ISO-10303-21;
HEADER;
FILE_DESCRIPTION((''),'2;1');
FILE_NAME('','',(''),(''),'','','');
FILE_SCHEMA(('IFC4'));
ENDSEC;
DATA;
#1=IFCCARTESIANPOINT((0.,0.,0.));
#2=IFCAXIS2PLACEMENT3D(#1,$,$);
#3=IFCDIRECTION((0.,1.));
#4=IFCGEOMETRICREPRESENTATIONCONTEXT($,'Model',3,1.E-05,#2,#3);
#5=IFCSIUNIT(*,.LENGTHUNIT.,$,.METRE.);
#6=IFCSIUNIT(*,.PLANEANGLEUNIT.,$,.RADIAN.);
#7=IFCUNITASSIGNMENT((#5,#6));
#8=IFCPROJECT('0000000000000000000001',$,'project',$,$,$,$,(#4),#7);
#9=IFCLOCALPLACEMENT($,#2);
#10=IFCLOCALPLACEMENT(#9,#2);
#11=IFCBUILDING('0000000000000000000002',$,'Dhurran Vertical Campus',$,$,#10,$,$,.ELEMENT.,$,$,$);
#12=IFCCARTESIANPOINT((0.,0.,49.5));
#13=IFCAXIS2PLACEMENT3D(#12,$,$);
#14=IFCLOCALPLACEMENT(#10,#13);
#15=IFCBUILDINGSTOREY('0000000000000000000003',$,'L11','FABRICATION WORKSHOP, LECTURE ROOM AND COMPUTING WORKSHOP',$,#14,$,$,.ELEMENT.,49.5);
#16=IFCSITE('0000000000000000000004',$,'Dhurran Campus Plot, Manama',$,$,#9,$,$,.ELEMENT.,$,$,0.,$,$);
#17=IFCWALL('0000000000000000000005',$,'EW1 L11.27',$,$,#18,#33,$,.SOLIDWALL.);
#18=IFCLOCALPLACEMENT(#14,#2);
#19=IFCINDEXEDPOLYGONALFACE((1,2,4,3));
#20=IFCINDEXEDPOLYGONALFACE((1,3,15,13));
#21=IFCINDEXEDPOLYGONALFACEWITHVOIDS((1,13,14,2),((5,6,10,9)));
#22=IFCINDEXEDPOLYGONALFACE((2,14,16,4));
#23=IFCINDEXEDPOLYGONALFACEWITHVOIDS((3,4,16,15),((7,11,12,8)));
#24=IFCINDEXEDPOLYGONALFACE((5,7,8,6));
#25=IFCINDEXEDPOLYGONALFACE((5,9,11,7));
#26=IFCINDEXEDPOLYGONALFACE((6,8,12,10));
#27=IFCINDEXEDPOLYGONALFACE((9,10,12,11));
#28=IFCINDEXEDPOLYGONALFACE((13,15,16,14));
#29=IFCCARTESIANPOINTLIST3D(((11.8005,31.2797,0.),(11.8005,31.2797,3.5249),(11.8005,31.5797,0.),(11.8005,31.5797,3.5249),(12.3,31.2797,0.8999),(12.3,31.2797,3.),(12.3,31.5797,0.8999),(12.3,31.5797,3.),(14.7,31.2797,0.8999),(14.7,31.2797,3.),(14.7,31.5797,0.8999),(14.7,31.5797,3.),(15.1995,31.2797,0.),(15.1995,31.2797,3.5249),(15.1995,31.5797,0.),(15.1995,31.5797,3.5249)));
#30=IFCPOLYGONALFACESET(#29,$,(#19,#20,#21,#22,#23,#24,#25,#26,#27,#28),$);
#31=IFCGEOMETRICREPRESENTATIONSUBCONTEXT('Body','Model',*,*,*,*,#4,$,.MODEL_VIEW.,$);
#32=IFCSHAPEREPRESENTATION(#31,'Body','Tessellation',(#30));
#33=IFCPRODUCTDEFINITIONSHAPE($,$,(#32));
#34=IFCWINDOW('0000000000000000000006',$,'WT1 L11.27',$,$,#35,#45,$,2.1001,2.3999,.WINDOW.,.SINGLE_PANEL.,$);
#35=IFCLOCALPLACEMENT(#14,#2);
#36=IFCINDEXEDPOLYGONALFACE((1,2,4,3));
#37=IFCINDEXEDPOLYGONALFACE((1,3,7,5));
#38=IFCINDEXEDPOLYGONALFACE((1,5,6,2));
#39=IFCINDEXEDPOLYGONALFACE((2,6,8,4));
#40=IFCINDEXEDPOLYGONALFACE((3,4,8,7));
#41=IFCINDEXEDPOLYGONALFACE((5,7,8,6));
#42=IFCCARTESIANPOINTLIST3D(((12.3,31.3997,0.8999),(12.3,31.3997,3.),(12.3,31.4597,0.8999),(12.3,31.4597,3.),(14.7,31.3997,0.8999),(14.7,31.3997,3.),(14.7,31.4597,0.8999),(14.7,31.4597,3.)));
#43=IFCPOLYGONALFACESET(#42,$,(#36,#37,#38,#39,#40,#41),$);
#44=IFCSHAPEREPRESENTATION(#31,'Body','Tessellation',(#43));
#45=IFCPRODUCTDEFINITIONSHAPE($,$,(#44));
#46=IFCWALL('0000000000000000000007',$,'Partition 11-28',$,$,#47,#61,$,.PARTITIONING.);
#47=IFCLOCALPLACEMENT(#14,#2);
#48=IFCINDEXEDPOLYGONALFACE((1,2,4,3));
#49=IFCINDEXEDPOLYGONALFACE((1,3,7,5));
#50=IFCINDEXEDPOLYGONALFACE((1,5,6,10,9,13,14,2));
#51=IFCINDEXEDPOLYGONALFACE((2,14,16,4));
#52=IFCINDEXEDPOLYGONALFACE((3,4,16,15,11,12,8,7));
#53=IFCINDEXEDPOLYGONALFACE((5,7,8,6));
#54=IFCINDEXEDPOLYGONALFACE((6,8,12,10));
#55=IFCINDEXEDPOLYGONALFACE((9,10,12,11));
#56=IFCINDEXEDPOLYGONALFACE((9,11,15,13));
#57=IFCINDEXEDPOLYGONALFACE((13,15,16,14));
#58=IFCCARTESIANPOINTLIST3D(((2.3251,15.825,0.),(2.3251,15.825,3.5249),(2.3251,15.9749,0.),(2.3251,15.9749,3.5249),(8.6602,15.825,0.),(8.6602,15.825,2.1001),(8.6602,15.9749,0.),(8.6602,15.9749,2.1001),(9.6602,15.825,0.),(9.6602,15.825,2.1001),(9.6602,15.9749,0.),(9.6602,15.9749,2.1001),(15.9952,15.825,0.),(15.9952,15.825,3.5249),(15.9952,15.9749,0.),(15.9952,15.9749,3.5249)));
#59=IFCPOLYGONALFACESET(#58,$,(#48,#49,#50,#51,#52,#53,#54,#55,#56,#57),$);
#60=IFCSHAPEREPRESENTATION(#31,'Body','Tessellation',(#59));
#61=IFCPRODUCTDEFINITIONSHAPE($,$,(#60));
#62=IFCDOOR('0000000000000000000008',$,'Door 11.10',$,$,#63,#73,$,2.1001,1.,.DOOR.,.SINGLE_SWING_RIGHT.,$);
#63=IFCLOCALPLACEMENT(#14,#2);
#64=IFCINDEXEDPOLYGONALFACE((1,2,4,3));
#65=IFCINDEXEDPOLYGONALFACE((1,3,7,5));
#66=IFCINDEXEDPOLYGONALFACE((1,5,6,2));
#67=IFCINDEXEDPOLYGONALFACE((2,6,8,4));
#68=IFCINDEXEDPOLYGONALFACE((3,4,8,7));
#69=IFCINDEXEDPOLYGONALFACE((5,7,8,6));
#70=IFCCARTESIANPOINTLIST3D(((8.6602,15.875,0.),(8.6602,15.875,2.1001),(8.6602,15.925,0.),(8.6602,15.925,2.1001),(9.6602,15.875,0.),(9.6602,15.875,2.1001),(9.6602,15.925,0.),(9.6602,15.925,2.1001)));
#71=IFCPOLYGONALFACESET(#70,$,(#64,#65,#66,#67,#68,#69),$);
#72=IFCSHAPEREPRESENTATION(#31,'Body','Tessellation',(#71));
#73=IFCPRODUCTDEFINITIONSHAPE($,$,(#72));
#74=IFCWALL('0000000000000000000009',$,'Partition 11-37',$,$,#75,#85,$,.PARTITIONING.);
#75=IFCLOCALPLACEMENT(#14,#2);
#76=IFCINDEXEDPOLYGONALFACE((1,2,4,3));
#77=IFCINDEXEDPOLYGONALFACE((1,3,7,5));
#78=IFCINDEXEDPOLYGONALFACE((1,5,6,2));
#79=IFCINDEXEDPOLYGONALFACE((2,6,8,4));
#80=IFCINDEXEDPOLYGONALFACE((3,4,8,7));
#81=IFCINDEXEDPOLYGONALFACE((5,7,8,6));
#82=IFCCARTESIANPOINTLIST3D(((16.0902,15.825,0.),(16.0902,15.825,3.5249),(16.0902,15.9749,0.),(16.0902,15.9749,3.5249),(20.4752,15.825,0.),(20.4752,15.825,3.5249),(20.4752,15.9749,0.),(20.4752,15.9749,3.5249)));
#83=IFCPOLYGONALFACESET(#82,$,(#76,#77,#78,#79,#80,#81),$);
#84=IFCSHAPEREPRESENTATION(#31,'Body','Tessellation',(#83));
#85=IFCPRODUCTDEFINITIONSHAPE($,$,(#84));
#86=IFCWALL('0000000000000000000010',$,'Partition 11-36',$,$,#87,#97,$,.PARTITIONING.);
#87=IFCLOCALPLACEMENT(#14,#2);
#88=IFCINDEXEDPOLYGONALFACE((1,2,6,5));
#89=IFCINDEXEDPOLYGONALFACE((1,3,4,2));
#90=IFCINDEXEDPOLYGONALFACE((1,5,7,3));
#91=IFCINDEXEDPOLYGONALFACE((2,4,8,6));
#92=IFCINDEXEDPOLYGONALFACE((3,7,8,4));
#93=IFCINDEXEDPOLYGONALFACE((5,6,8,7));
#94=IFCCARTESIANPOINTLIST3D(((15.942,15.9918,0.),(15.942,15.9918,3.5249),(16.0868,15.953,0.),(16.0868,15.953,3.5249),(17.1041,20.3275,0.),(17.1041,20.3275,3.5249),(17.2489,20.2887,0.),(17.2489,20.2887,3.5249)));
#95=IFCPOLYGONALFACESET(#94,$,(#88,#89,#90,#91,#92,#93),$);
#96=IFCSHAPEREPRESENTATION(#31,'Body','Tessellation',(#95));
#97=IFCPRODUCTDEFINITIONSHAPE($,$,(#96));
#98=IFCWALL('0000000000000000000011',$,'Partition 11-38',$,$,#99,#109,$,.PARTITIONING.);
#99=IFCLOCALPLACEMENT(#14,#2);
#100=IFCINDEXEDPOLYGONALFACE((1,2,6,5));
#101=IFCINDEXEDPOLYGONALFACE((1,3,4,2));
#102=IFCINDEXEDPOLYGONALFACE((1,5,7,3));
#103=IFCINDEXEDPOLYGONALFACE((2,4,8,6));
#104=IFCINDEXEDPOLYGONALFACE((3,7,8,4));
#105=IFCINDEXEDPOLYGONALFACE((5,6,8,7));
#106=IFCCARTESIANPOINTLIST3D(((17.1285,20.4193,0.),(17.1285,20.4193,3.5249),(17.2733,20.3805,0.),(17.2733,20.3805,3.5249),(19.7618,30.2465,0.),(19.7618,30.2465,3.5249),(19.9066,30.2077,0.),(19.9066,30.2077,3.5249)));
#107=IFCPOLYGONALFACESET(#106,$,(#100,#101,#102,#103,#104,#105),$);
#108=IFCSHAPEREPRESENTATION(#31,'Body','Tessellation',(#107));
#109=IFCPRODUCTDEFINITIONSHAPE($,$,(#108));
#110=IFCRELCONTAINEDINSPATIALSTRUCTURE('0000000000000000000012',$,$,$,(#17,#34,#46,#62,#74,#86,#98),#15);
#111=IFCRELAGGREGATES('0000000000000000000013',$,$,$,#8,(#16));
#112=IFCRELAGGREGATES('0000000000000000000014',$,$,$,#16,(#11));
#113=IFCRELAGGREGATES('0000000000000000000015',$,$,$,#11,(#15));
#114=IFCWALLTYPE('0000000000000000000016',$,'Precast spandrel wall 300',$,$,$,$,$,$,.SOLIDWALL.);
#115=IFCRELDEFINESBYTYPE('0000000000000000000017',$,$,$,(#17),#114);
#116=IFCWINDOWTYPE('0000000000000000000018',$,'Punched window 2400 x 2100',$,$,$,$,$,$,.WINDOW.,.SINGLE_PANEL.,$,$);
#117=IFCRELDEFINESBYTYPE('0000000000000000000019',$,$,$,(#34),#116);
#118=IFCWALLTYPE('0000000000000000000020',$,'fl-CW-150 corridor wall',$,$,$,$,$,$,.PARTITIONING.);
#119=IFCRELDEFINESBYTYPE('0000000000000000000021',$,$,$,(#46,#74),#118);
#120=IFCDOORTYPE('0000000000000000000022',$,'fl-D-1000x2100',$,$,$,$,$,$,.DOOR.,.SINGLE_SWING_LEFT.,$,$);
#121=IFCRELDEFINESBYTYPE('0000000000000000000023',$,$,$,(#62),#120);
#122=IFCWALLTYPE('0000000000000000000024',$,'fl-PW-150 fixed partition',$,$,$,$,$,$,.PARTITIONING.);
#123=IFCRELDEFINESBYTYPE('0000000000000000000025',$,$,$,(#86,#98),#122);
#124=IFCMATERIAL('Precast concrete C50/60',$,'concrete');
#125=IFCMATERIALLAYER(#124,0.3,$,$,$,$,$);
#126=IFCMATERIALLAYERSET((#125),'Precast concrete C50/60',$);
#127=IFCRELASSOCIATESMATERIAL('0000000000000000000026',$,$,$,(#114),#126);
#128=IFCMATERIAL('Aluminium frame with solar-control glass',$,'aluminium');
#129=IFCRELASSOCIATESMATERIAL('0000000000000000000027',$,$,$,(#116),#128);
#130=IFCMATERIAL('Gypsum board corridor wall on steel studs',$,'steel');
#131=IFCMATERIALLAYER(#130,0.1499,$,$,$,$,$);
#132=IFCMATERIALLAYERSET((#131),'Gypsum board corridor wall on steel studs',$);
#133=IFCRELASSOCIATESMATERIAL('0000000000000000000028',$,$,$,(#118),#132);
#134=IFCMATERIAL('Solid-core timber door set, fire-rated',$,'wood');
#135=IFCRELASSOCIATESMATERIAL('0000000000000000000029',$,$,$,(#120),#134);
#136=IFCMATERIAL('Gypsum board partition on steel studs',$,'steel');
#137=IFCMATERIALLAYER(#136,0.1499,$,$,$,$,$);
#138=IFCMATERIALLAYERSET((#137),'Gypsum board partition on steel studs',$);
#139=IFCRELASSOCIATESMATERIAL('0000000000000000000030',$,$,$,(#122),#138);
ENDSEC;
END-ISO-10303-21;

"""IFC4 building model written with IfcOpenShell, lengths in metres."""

from ifc_helpers import new_model, si_unit, direction, frame, frame_2d, origin, place, context, subcontext, project, spatial, rectangle, extrude, material, layer, layer_set, type_object, element, fill, save


model = new_model("IFC4")

# Units and contexts
model_context = context("Model", 3, precision=1e-05, world=origin(), true_north=direction((0.0, 1.0)))
body_context = subcontext(model_context, "Body", "Model", "MODEL_VIEW")
ifc_project = project(units=[si_unit("LENGTHUNIT", "METRE"), si_unit("PLANEANGLEUNIT", "RADIAN")], contexts=[model_context])

# Site, building, storey
site_placement = place(None, origin())
site = spatial("IfcSite", under=ifc_project, at=site_placement, Name="Dhurran Campus Plot, Manama", CompositionType="ELEMENT", RefElevation=0.0)
building_placement = place(site_placement, origin())
building = spatial("IfcBuilding", under=site, at=building_placement, Name="Dhurran Vertical Campus", CompositionType="ELEMENT")
storey_placement = place(building_placement, frame((0.0, 0.0, 49.5)))
storey = spatial("IfcBuildingStorey", under=building, at=storey_placement, Name="L11", Description="FABRICATION WORKSHOP, LECTURE ROOM AND COMPUTING WORKSHOP", CompositionType="ELEMENT", Elevation=49.5)

# Wall, opening, window
ifc_material_1 = material(Name="Precast concrete C50/60", Category="concrete")
ifc_layer_1 = layer(ifc_material_1, 0.3)
ifc_layer_set_1 = layer_set([ifc_layer_1], Name="Precast concrete C50/60")
wall_type_1 = type_object("IfcWallType", Name="Precast spandrel wall 300", PredefinedType="SOLIDWALL", material=ifc_layer_set_1)
ifc_material_2 = material(Name="Aluminium frame with solar-control glass", Category="aluminium")
window_type = type_object("IfcWindowType", Name="Punched window 2400 x 2100", PartitioningType="SINGLE_PANEL", PredefinedType="WINDOW", material=ifc_material_2)
wall_1_placement = place(storey_placement, frame((15.1995, 31.4297, 0.0), z_axis=(0.0, 0.0, 1.0), x_axis=(-1.0, 0.0, 0.0)))
wall_1 = element("IfcWall", 1, at=wall_1_placement, inside=storey, type_object=wall_type_1, Name="EW1 L11.27", PredefinedType="SOLIDWALL", context=body_context, shape_type="SweptSolid", body=[
    extrude(rectangle(XDim=3.3989, YDim=0.3, at=frame_2d((1.6995, 0.0))), origin(), (0.0, 0.0, 1.0), 3.5249),
])
opening_1_placement = place(wall_1_placement, frame((0.4995, 0.0, 0.8999)))
opening_1 = element("IfcOpeningElement", 2, at=opening_1_placement, cuts=wall_1, PredefinedType="OPENING", context=body_context, shape_type="SweptSolid", body=[
    extrude(rectangle(XDim=2.3999, YDim=2.1001, at=frame_2d((1.2, 1.05))), frame((0.0, 0.1599, 0.0), z_axis=(0.0, -1.0, 0.0), x_axis=(1.0, 0.0, 0.0)), (0.0, 0.0, 1.0), 0.3201),
])
window_1_placement = place(opening_1_placement, origin())
window_1 = element("IfcWindow", 3, at=window_1_placement, inside=storey, type_object=window_type, Name="WT1 L11.27", OverallHeight=2.1001, OverallWidth=2.3999, PartitioningType="SINGLE_PANEL", PredefinedType="WINDOW", context=body_context, shape_type="SweptSolid", body=[
    extrude(rectangle(XDim=2.3999, YDim=2.1001, at=frame_2d((1.2, 1.05))), frame((0.0, 0.03, 0.0), z_axis=(0.0, -1.0, 0.0), x_axis=(1.0, 0.0, 0.0)), (0.0, 0.0, 1.0), 0.0601),
])
fill(opening_1, window_1)

# Wall, opening, door
ifc_material_3 = material(Name="Gypsum board corridor wall on steel studs", Category="steel")
ifc_layer_2 = layer(ifc_material_3, 0.1499)
ifc_layer_set_2 = layer_set([ifc_layer_2], Name="Gypsum board corridor wall on steel studs")
wall_type_2 = type_object("IfcWallType", Name="fl-CW-150 corridor wall", PredefinedType="PARTITIONING", material=ifc_layer_set_2)
wall_2_placement = place(storey_placement, frame((15.9951, 15.8999, 0.0), z_axis=(0.0, 0.0, 1.0), x_axis=(-1.0, 0.0, 0.0)))
wall_2 = element("IfcWall", 4, at=wall_2_placement, inside=storey, type_object=wall_type_2, Name="Partition 11-28", PredefinedType="PARTITIONING", context=body_context, shape_type="SweptSolid", body=[
    extrude(rectangle(XDim=13.6702, YDim=0.1499, at=frame_2d((6.835, 0.0))), origin(), (0.0, 0.0, 1.0), 3.5249),
])
opening_2_placement = place(wall_2_placement, frame((6.335, 0.0, 0.0)))
opening_2 = element("IfcOpeningElement", 5, at=opening_2_placement, cuts=wall_2, PredefinedType="OPENING", context=body_context, shape_type="SweptSolid", body=[
    extrude(rectangle(XDim=1.0, YDim=2.1001, at=frame_2d((0.5, 1.05))), frame((0.0, 0.085, 0.0), z_axis=(0.0, -1.0, 0.0), x_axis=(1.0, 0.0, 0.0)), (0.0, 0.0, 1.0), 0.1699),
])
ifc_material_4 = material(Name="Solid-core timber door set, fire-rated", Category="wood")
door_type = type_object("IfcDoorType", Name="fl-D-1000x2100", OperationType="SINGLE_SWING_LEFT", PredefinedType="DOOR", material=ifc_material_4)
door_placement = place(opening_2_placement, origin())
door = element("IfcDoor", 6, at=door_placement, inside=storey, type_object=door_type, Name="Door 11.10", OperationType="SINGLE_SWING_RIGHT", OverallHeight=2.1001, OverallWidth=1.0, PredefinedType="DOOR", context=body_context, shape_type="SweptSolid", body=[
    extrude(rectangle(XDim=1.0, YDim=2.1001, at=frame_2d((0.5, 1.05))), frame((0.0, 0.0249, 0.0), z_axis=(0.0, -1.0, 0.0), x_axis=(1.0, 0.0, 0.0)), (0.0, 0.0, 1.0), 0.05),
])
fill(opening_2, door)

# Walls
wall_3_placement = place(storey_placement, frame((20.4751, 15.8999, 0.0), z_axis=(0.0, 0.0, 1.0), x_axis=(-1.0, 0.0, 0.0)))
element("IfcWall", 7, at=wall_3_placement, inside=storey, type_object=wall_type_2, Name="Partition 11-37", PredefinedType="PARTITIONING", context=body_context, shape_type="SweptSolid", body=[
    extrude(rectangle(XDim=4.385, YDim=0.1499, at=frame_2d((2.1924, 0.0))), origin(), (0.0, 0.0, 1.0), 3.5249),
])
ifc_material_5 = material(Name="Gypsum board partition on steel studs", Category="steel")
ifc_layer_3 = layer(ifc_material_5, 0.1499)
ifc_layer_set_3 = layer_set([ifc_layer_3], Name="Gypsum board partition on steel studs")
wall_type_3 = type_object("IfcWallType", Name="fl-PW-150 fixed partition", PredefinedType="PARTITIONING", material=ifc_layer_set_3)
wall_4_placement = place(storey_placement, frame((17.1765, 20.3081, 0.0), z_axis=(0.0, 0.0, 1.0), x_axis=(-0.258895, -0.965906, 0.0)))
element("IfcWall", 8, at=wall_4_placement, inside=storey, type_object=wall_type_3, Name="Partition 11-36", PredefinedType="PARTITIONING", context=body_context, shape_type="SweptSolid", body=[
    extrude(rectangle(XDim=4.4888, YDim=0.1499, at=frame_2d((2.2444, 0.0))), origin(), (0.0, 0.0, 1.0), 3.5249),
])
wall_5_placement = place(storey_placement, frame((19.8342, 30.2271, 0.0), z_axis=(0.0, 0.0, 1.0), x_axis=(-0.25883, -0.965923, 0.0)))
element("IfcWall", 9, at=wall_5_placement, inside=storey, type_object=wall_type_3, Name="Partition 11-38", PredefinedType="PARTITIONING", context=body_context, shape_type="SweptSolid", body=[
    extrude(rectangle(XDim=10.1738, YDim=0.1499, at=frame_2d((5.0869, 0.0))), origin(), (0.0, 0.0, 1.0), 3.5249),
])

save(model, "model.ifc")
